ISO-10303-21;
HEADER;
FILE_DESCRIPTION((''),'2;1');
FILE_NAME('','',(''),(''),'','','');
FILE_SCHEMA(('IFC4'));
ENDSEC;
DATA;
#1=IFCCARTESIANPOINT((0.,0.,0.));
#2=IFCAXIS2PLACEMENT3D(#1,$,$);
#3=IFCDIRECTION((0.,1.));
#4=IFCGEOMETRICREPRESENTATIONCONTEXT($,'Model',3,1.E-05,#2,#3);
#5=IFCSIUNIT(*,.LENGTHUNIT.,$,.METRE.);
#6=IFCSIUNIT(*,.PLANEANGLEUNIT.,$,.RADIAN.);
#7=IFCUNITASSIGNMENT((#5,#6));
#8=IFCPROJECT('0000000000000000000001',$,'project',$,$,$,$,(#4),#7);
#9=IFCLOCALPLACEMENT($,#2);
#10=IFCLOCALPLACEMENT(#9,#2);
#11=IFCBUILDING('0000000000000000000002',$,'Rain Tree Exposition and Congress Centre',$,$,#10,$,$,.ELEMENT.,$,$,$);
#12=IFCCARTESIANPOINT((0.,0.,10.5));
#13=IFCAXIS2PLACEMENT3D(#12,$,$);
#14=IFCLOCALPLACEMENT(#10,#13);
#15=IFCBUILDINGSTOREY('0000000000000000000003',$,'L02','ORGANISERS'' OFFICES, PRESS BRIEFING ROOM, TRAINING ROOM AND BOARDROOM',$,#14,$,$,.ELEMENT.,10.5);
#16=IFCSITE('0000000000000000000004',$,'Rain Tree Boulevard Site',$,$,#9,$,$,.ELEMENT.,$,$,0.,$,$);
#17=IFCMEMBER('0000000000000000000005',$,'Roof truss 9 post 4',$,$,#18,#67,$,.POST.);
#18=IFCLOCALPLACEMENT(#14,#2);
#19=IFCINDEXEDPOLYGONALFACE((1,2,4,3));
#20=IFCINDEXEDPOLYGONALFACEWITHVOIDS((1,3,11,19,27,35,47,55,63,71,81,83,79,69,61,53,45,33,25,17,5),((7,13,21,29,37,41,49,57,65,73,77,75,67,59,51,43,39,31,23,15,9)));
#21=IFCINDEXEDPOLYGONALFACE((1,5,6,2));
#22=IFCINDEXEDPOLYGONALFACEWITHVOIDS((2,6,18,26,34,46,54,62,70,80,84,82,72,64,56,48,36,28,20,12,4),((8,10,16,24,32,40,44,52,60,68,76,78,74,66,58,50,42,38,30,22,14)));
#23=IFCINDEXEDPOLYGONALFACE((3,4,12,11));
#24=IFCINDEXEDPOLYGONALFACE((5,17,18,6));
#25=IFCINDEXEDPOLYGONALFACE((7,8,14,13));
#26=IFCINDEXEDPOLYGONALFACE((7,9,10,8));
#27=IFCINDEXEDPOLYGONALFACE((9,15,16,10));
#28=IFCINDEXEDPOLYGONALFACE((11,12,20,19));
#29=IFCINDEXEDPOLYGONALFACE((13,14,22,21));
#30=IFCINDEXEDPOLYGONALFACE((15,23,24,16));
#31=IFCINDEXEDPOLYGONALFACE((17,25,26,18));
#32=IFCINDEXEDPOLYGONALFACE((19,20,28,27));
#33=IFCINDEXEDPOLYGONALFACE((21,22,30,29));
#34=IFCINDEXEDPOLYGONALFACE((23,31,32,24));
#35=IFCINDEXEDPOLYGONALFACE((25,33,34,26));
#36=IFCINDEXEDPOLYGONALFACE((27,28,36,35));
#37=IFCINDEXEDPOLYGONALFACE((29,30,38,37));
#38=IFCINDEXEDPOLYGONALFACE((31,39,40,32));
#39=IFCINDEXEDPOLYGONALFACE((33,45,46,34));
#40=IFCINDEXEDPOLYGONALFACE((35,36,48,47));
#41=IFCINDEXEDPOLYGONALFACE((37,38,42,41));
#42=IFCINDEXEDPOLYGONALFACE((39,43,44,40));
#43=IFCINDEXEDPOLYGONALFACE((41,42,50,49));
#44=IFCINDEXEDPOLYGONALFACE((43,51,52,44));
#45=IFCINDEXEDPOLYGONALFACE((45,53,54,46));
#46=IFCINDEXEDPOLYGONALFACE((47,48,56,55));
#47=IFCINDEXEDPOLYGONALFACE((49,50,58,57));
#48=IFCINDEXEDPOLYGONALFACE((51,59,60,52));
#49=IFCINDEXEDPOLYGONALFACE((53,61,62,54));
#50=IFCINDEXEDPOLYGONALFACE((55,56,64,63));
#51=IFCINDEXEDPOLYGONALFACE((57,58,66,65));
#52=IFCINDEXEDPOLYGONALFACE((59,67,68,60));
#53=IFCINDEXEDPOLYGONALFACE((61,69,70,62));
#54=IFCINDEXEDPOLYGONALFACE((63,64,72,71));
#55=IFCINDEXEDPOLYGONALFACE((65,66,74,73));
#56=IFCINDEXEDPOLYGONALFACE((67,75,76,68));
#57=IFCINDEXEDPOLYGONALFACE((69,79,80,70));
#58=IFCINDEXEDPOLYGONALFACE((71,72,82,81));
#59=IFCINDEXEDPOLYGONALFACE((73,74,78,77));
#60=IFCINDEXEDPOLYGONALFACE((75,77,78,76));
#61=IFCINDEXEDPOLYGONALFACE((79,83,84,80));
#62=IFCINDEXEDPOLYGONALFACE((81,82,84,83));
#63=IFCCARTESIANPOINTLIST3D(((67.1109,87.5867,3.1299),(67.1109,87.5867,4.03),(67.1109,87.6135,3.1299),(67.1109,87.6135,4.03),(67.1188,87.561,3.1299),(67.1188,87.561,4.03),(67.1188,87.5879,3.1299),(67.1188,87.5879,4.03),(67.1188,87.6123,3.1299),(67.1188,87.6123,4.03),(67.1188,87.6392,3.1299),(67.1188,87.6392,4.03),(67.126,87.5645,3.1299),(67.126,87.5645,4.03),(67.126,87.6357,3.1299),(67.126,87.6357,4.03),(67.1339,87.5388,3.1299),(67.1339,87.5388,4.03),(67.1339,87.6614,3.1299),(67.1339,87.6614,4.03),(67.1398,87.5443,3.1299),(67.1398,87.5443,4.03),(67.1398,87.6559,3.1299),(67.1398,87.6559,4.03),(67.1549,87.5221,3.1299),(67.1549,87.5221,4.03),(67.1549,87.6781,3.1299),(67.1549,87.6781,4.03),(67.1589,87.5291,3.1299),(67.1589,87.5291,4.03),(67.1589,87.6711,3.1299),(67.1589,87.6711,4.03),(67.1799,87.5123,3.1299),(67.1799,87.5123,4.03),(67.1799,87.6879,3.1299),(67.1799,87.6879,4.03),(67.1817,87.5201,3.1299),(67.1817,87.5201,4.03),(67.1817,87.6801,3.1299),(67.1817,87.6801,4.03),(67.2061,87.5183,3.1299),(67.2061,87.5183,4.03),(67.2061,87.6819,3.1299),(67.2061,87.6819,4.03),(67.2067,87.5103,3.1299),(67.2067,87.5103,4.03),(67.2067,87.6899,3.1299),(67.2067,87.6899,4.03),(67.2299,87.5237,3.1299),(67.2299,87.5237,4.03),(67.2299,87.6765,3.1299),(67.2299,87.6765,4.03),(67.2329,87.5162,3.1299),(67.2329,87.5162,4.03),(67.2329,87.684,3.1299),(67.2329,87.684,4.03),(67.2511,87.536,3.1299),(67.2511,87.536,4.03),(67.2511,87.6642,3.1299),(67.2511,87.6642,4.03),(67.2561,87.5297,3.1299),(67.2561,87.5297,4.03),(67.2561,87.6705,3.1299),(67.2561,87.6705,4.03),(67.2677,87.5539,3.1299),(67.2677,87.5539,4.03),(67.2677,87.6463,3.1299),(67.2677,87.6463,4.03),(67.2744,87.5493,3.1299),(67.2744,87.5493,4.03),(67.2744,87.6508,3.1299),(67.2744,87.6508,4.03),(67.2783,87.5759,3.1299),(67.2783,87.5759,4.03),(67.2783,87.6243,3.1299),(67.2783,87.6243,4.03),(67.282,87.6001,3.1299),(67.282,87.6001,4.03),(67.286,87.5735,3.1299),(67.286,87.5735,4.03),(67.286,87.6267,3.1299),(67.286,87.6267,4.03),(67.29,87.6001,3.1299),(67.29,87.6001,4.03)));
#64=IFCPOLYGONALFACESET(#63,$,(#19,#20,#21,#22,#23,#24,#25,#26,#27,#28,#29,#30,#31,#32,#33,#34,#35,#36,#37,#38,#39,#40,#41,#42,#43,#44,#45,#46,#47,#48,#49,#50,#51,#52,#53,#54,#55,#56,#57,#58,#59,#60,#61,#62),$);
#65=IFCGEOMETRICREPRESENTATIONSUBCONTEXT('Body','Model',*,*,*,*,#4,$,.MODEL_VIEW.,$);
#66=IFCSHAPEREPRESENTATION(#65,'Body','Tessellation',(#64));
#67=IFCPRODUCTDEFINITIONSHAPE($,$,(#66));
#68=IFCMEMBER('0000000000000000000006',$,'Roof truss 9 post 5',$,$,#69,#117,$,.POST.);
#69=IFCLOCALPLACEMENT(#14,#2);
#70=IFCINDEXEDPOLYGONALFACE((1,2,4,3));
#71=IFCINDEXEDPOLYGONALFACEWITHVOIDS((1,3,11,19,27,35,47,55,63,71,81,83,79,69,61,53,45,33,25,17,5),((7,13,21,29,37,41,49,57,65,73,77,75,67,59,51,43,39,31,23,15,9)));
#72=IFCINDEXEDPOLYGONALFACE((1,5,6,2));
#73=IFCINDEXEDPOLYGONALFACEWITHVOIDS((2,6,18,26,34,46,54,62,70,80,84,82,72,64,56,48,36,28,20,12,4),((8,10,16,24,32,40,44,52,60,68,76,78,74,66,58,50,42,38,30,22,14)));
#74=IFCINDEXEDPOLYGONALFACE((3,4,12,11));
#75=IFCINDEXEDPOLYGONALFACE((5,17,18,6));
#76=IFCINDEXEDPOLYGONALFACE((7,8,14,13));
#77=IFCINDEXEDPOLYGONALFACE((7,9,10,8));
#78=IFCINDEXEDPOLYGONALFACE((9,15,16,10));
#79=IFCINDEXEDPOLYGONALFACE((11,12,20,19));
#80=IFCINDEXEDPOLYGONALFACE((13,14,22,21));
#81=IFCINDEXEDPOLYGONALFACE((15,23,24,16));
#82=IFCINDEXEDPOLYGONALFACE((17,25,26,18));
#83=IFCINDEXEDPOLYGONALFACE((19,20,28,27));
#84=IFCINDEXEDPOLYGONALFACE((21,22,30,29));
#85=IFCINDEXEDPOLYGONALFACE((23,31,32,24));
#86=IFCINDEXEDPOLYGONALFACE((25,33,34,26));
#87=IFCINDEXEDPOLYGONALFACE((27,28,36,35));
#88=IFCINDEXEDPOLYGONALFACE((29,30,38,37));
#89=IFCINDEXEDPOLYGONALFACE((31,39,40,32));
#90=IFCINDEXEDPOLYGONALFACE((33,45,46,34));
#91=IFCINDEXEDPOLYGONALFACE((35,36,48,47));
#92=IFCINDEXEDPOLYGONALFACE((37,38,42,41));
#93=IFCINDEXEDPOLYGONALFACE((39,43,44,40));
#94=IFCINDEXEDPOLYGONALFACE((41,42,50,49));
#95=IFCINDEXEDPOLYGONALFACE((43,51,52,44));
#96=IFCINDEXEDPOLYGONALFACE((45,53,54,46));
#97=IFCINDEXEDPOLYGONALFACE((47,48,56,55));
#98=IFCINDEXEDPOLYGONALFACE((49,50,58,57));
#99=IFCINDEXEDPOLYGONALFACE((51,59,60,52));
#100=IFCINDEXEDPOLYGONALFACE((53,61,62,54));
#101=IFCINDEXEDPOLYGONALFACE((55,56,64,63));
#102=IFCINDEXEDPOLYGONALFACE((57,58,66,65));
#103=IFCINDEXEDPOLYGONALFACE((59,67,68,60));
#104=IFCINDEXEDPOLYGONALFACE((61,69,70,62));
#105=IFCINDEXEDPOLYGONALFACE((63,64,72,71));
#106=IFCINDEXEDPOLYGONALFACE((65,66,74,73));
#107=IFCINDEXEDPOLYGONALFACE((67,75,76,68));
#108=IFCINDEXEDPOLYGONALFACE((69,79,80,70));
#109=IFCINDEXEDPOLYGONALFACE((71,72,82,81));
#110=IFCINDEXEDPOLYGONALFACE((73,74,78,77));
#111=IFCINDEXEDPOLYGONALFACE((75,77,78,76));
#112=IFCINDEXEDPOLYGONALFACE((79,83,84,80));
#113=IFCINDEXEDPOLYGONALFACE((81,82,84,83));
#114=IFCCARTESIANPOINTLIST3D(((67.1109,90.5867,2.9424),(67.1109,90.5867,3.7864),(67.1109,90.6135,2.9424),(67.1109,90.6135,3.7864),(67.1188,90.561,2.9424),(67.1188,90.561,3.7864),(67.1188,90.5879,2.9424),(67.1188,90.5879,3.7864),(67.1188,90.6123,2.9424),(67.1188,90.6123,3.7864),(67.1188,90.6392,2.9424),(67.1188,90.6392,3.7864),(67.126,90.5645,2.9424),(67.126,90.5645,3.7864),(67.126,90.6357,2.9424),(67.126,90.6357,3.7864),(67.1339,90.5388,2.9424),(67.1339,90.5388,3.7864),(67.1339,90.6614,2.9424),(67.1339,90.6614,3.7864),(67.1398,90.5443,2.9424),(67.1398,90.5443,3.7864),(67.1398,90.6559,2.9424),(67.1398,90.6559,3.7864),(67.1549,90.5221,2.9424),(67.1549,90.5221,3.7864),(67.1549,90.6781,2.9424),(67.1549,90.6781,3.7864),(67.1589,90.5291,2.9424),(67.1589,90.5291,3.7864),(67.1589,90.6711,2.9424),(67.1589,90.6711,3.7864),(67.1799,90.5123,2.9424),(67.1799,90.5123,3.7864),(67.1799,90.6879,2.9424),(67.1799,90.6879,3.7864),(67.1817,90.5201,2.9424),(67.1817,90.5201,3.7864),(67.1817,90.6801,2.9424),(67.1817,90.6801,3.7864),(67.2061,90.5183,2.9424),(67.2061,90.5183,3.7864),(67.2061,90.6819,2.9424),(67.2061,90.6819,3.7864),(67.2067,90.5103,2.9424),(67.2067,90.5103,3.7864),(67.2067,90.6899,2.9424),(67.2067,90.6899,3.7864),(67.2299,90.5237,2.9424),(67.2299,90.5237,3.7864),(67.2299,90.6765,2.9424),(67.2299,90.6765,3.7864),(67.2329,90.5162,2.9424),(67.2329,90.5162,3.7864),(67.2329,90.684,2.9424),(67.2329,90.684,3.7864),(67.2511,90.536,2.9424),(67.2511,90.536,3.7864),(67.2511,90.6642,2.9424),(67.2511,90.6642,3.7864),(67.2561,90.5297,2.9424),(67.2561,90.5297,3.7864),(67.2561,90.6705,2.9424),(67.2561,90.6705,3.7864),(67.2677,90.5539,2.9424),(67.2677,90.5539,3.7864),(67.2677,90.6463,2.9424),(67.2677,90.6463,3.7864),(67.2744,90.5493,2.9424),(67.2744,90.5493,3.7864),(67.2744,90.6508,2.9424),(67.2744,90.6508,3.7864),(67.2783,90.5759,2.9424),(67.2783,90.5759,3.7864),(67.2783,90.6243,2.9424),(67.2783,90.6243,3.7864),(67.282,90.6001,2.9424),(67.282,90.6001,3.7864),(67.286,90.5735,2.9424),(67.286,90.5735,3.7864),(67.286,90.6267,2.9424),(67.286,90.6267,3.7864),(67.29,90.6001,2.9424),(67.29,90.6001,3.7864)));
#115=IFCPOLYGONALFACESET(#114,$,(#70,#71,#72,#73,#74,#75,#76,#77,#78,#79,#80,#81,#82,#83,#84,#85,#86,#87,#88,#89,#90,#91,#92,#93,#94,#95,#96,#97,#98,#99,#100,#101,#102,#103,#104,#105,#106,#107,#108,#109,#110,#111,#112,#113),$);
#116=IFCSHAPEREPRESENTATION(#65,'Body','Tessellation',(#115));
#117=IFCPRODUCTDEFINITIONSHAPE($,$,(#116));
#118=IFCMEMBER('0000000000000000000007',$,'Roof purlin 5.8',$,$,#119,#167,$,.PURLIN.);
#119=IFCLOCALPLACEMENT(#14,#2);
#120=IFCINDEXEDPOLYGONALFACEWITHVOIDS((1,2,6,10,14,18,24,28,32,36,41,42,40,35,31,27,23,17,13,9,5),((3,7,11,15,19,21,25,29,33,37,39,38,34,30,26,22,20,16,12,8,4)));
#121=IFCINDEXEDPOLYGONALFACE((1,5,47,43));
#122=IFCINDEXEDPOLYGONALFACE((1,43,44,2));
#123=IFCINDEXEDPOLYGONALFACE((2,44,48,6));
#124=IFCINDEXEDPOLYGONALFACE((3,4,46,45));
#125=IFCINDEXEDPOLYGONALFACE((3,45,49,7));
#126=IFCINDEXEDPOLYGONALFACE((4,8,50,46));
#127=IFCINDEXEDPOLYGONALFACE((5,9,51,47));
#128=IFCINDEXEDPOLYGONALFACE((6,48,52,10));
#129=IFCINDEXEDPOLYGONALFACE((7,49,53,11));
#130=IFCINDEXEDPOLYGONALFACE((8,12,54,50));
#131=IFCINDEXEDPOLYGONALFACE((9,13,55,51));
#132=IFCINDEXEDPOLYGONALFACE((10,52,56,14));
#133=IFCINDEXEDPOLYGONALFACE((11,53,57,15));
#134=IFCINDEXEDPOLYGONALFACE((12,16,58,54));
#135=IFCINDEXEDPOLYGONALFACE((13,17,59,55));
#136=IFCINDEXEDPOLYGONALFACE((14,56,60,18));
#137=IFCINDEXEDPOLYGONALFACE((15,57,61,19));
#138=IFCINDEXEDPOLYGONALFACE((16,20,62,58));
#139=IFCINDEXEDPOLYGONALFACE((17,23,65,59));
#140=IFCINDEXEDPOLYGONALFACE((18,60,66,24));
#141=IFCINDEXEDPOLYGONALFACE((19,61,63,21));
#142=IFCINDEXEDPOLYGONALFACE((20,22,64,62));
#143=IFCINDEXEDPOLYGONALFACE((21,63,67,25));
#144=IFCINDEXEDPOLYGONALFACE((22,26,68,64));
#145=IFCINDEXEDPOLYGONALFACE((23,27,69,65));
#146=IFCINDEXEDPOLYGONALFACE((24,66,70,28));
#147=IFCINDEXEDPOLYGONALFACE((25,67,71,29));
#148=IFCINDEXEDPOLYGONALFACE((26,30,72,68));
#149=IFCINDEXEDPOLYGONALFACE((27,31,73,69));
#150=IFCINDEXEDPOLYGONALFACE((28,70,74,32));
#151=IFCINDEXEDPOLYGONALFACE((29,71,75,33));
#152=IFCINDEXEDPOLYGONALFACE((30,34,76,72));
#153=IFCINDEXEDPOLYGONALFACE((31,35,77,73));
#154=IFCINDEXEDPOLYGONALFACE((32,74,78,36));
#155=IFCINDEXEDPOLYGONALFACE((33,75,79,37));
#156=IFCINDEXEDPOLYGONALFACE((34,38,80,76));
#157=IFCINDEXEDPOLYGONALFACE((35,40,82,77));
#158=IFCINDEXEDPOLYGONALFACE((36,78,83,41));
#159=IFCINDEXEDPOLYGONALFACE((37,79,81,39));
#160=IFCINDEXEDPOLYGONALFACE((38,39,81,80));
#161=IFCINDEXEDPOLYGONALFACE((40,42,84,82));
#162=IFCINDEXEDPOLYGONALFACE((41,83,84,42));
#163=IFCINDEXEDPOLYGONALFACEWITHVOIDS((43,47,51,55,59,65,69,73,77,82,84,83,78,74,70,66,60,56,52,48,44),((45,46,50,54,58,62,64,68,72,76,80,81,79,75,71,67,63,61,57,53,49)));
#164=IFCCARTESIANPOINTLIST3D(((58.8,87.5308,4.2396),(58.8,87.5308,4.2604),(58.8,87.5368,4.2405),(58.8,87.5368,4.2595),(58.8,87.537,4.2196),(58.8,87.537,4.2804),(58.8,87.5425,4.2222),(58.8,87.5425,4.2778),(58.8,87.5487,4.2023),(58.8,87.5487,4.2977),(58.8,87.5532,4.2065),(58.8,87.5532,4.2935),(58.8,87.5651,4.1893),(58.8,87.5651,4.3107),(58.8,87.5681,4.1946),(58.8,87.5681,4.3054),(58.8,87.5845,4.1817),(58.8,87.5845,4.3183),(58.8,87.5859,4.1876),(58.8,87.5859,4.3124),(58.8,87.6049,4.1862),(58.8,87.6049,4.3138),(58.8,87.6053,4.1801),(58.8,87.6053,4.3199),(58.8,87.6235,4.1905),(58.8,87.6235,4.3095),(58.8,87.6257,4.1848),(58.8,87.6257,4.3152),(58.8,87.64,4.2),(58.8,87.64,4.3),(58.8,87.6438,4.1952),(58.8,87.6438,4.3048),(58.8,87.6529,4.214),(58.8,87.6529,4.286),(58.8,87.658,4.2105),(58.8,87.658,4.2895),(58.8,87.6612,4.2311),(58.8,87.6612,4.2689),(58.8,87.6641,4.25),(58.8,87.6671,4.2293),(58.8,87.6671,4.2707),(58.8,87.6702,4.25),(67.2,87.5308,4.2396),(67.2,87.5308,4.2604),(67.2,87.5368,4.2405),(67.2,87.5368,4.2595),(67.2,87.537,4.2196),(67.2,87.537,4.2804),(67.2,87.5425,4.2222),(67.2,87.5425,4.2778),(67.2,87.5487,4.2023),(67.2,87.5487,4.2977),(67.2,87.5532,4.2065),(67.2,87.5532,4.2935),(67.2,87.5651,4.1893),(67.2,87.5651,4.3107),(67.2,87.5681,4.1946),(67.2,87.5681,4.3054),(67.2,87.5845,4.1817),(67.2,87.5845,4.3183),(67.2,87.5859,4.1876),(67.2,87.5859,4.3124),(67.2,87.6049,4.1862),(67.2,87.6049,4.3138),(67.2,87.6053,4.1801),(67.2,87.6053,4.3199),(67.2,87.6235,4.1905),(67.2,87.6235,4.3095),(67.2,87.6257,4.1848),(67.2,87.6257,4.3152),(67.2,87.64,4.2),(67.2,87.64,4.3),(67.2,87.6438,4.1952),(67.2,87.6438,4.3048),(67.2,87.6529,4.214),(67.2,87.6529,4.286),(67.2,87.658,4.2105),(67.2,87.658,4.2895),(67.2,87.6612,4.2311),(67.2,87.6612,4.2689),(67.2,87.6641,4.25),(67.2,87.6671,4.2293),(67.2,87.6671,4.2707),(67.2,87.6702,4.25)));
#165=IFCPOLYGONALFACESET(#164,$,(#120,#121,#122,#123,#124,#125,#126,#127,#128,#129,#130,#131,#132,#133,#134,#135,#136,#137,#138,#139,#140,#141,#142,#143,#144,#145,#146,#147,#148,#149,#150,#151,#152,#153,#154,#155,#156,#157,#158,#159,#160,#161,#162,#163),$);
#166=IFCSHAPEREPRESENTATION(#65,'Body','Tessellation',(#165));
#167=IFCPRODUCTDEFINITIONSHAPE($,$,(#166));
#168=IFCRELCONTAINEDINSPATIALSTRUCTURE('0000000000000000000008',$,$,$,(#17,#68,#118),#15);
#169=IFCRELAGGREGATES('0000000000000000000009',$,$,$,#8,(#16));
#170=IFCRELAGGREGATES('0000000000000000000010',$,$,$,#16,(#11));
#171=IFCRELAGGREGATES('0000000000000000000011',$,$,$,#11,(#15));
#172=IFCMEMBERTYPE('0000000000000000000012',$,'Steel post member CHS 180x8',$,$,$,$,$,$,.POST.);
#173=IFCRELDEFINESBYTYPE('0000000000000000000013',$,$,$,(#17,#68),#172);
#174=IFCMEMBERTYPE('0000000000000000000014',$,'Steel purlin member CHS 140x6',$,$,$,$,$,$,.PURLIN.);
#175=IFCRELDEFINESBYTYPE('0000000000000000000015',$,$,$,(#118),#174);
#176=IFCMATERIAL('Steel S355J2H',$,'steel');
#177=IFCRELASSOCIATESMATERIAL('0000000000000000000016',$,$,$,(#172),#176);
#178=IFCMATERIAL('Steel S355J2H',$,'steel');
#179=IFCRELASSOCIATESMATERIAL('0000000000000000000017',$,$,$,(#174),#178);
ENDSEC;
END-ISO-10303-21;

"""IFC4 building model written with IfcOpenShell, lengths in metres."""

from ifc_helpers import new_model, si_unit, direction, frame, origin, origin_2d, place, context, subcontext, project, spatial, hollow_circle, extrude, material, material_profile, profile_set, type_object, element, save


model = new_model("IFC4")

# Units and contexts
model_context = context("Model", 3, precision=1e-05, world=origin(), true_north=direction((0.0, 1.0)))
body_context = subcontext(model_context, "Body", "Model", "MODEL_VIEW")
ifc_project = project(units=[si_unit("LENGTHUNIT", "METRE"), si_unit("PLANEANGLEUNIT", "RADIAN")], contexts=[model_context])

# Site, building, storey
site_placement = place(None, origin())
site = spatial("IfcSite", under=ifc_project, at=site_placement, Name="Rain Tree Boulevard Site", CompositionType="ELEMENT", RefElevation=0.0)
building_placement = place(site_placement, origin())
building = spatial("IfcBuilding", under=site, at=building_placement, Name="Rain Tree Exposition and Congress Centre", CompositionType="ELEMENT")
storey_placement = place(building_placement, frame((0.0, 0.0, 10.5)))
storey = spatial("IfcBuildingStorey", under=building, at=storey_placement, Name="L02", Description="ORGANISERS' OFFICES, PRESS BRIEFING ROOM, TRAINING ROOM AND BOARDROOM", CompositionType="ELEMENT", Elevation=10.5)

# Members
ifc_material_1 = material(Name="Steel S355J2H", Category="steel")
ifc_material_profile_1 = material_profile(ifc_material_1, hollow_circle(Radius=0.0901, WallThickness=0.0081, at=origin_2d()), Name="CHS 180x8")
ifc_profile_set_1 = profile_set([ifc_material_profile_1], Name="Steel S355J2H")
member_type_1 = type_object("IfcMemberType", Name="Steel post member CHS 180x8", PredefinedType="POST", material=ifc_profile_set_1)
member_1_placement = place(storey_placement, frame((67.2, 87.6001, 3.1299), z_axis=(0.0, 0.0, 1.0), x_axis=(1.0, 0.0, 0.0)))
element("IfcMember", 1, at=member_1_placement, inside=storey, type_object=member_type_1, Name="Roof truss 9 post 4", PredefinedType="POST", context=body_context, shape_type="SweptSolid", body=[
    extrude(hollow_circle(Radius=0.0901, WallThickness=0.0081, at=origin_2d()), origin(), (0.0, 0.0, 1.0), 0.9001),
])
member_2_placement = place(storey_placement, frame((67.2, 90.6001, 2.9424), z_axis=(0.0, 0.0, 1.0), x_axis=(1.0, 0.0, 0.0)))
element("IfcMember", 2, at=member_2_placement, inside=storey, type_object=member_type_1, Name="Roof truss 9 post 5", PredefinedType="POST", context=body_context, shape_type="SweptSolid", body=[
    extrude(hollow_circle(Radius=0.0901, WallThickness=0.0081, at=origin_2d()), origin(), (0.0, 0.0, 1.0), 0.844),
])
ifc_material_2 = material(Name="Steel S355J2H", Category="steel")
ifc_material_profile_2 = material_profile(ifc_material_2, hollow_circle(Radius=0.0701, WallThickness=0.0061, at=origin_2d()), Name="CHS 140x6")
ifc_profile_set_2 = profile_set([ifc_material_profile_2], Name="Steel S355J2H")
member_type_2 = type_object("IfcMemberType", Name="Steel purlin member CHS 140x6", PredefinedType="PURLIN", material=ifc_profile_set_2)
for number, where, z_axis, x_axis, name in (
    (3, (58.8, 87.6001, 4.25), (1.0, 0.0, 0.0), (0.0, 1.0, 0.0), "Roof purlin 5.8"),
):
    element("IfcMember", number, at=place(storey_placement, frame(where, z_axis=z_axis, x_axis=x_axis)), inside=storey, type_object=member_type_2, Name=name, PredefinedType="PURLIN", context=body_context, shape_type="SweptSolid", body=[
        extrude(hollow_circle(Radius=0.0701, WallThickness=0.0061, at=origin_2d()), origin(), (0.0, 0.0, 1.0), 8.3999),
    ])

save(model, "model.ifc")
